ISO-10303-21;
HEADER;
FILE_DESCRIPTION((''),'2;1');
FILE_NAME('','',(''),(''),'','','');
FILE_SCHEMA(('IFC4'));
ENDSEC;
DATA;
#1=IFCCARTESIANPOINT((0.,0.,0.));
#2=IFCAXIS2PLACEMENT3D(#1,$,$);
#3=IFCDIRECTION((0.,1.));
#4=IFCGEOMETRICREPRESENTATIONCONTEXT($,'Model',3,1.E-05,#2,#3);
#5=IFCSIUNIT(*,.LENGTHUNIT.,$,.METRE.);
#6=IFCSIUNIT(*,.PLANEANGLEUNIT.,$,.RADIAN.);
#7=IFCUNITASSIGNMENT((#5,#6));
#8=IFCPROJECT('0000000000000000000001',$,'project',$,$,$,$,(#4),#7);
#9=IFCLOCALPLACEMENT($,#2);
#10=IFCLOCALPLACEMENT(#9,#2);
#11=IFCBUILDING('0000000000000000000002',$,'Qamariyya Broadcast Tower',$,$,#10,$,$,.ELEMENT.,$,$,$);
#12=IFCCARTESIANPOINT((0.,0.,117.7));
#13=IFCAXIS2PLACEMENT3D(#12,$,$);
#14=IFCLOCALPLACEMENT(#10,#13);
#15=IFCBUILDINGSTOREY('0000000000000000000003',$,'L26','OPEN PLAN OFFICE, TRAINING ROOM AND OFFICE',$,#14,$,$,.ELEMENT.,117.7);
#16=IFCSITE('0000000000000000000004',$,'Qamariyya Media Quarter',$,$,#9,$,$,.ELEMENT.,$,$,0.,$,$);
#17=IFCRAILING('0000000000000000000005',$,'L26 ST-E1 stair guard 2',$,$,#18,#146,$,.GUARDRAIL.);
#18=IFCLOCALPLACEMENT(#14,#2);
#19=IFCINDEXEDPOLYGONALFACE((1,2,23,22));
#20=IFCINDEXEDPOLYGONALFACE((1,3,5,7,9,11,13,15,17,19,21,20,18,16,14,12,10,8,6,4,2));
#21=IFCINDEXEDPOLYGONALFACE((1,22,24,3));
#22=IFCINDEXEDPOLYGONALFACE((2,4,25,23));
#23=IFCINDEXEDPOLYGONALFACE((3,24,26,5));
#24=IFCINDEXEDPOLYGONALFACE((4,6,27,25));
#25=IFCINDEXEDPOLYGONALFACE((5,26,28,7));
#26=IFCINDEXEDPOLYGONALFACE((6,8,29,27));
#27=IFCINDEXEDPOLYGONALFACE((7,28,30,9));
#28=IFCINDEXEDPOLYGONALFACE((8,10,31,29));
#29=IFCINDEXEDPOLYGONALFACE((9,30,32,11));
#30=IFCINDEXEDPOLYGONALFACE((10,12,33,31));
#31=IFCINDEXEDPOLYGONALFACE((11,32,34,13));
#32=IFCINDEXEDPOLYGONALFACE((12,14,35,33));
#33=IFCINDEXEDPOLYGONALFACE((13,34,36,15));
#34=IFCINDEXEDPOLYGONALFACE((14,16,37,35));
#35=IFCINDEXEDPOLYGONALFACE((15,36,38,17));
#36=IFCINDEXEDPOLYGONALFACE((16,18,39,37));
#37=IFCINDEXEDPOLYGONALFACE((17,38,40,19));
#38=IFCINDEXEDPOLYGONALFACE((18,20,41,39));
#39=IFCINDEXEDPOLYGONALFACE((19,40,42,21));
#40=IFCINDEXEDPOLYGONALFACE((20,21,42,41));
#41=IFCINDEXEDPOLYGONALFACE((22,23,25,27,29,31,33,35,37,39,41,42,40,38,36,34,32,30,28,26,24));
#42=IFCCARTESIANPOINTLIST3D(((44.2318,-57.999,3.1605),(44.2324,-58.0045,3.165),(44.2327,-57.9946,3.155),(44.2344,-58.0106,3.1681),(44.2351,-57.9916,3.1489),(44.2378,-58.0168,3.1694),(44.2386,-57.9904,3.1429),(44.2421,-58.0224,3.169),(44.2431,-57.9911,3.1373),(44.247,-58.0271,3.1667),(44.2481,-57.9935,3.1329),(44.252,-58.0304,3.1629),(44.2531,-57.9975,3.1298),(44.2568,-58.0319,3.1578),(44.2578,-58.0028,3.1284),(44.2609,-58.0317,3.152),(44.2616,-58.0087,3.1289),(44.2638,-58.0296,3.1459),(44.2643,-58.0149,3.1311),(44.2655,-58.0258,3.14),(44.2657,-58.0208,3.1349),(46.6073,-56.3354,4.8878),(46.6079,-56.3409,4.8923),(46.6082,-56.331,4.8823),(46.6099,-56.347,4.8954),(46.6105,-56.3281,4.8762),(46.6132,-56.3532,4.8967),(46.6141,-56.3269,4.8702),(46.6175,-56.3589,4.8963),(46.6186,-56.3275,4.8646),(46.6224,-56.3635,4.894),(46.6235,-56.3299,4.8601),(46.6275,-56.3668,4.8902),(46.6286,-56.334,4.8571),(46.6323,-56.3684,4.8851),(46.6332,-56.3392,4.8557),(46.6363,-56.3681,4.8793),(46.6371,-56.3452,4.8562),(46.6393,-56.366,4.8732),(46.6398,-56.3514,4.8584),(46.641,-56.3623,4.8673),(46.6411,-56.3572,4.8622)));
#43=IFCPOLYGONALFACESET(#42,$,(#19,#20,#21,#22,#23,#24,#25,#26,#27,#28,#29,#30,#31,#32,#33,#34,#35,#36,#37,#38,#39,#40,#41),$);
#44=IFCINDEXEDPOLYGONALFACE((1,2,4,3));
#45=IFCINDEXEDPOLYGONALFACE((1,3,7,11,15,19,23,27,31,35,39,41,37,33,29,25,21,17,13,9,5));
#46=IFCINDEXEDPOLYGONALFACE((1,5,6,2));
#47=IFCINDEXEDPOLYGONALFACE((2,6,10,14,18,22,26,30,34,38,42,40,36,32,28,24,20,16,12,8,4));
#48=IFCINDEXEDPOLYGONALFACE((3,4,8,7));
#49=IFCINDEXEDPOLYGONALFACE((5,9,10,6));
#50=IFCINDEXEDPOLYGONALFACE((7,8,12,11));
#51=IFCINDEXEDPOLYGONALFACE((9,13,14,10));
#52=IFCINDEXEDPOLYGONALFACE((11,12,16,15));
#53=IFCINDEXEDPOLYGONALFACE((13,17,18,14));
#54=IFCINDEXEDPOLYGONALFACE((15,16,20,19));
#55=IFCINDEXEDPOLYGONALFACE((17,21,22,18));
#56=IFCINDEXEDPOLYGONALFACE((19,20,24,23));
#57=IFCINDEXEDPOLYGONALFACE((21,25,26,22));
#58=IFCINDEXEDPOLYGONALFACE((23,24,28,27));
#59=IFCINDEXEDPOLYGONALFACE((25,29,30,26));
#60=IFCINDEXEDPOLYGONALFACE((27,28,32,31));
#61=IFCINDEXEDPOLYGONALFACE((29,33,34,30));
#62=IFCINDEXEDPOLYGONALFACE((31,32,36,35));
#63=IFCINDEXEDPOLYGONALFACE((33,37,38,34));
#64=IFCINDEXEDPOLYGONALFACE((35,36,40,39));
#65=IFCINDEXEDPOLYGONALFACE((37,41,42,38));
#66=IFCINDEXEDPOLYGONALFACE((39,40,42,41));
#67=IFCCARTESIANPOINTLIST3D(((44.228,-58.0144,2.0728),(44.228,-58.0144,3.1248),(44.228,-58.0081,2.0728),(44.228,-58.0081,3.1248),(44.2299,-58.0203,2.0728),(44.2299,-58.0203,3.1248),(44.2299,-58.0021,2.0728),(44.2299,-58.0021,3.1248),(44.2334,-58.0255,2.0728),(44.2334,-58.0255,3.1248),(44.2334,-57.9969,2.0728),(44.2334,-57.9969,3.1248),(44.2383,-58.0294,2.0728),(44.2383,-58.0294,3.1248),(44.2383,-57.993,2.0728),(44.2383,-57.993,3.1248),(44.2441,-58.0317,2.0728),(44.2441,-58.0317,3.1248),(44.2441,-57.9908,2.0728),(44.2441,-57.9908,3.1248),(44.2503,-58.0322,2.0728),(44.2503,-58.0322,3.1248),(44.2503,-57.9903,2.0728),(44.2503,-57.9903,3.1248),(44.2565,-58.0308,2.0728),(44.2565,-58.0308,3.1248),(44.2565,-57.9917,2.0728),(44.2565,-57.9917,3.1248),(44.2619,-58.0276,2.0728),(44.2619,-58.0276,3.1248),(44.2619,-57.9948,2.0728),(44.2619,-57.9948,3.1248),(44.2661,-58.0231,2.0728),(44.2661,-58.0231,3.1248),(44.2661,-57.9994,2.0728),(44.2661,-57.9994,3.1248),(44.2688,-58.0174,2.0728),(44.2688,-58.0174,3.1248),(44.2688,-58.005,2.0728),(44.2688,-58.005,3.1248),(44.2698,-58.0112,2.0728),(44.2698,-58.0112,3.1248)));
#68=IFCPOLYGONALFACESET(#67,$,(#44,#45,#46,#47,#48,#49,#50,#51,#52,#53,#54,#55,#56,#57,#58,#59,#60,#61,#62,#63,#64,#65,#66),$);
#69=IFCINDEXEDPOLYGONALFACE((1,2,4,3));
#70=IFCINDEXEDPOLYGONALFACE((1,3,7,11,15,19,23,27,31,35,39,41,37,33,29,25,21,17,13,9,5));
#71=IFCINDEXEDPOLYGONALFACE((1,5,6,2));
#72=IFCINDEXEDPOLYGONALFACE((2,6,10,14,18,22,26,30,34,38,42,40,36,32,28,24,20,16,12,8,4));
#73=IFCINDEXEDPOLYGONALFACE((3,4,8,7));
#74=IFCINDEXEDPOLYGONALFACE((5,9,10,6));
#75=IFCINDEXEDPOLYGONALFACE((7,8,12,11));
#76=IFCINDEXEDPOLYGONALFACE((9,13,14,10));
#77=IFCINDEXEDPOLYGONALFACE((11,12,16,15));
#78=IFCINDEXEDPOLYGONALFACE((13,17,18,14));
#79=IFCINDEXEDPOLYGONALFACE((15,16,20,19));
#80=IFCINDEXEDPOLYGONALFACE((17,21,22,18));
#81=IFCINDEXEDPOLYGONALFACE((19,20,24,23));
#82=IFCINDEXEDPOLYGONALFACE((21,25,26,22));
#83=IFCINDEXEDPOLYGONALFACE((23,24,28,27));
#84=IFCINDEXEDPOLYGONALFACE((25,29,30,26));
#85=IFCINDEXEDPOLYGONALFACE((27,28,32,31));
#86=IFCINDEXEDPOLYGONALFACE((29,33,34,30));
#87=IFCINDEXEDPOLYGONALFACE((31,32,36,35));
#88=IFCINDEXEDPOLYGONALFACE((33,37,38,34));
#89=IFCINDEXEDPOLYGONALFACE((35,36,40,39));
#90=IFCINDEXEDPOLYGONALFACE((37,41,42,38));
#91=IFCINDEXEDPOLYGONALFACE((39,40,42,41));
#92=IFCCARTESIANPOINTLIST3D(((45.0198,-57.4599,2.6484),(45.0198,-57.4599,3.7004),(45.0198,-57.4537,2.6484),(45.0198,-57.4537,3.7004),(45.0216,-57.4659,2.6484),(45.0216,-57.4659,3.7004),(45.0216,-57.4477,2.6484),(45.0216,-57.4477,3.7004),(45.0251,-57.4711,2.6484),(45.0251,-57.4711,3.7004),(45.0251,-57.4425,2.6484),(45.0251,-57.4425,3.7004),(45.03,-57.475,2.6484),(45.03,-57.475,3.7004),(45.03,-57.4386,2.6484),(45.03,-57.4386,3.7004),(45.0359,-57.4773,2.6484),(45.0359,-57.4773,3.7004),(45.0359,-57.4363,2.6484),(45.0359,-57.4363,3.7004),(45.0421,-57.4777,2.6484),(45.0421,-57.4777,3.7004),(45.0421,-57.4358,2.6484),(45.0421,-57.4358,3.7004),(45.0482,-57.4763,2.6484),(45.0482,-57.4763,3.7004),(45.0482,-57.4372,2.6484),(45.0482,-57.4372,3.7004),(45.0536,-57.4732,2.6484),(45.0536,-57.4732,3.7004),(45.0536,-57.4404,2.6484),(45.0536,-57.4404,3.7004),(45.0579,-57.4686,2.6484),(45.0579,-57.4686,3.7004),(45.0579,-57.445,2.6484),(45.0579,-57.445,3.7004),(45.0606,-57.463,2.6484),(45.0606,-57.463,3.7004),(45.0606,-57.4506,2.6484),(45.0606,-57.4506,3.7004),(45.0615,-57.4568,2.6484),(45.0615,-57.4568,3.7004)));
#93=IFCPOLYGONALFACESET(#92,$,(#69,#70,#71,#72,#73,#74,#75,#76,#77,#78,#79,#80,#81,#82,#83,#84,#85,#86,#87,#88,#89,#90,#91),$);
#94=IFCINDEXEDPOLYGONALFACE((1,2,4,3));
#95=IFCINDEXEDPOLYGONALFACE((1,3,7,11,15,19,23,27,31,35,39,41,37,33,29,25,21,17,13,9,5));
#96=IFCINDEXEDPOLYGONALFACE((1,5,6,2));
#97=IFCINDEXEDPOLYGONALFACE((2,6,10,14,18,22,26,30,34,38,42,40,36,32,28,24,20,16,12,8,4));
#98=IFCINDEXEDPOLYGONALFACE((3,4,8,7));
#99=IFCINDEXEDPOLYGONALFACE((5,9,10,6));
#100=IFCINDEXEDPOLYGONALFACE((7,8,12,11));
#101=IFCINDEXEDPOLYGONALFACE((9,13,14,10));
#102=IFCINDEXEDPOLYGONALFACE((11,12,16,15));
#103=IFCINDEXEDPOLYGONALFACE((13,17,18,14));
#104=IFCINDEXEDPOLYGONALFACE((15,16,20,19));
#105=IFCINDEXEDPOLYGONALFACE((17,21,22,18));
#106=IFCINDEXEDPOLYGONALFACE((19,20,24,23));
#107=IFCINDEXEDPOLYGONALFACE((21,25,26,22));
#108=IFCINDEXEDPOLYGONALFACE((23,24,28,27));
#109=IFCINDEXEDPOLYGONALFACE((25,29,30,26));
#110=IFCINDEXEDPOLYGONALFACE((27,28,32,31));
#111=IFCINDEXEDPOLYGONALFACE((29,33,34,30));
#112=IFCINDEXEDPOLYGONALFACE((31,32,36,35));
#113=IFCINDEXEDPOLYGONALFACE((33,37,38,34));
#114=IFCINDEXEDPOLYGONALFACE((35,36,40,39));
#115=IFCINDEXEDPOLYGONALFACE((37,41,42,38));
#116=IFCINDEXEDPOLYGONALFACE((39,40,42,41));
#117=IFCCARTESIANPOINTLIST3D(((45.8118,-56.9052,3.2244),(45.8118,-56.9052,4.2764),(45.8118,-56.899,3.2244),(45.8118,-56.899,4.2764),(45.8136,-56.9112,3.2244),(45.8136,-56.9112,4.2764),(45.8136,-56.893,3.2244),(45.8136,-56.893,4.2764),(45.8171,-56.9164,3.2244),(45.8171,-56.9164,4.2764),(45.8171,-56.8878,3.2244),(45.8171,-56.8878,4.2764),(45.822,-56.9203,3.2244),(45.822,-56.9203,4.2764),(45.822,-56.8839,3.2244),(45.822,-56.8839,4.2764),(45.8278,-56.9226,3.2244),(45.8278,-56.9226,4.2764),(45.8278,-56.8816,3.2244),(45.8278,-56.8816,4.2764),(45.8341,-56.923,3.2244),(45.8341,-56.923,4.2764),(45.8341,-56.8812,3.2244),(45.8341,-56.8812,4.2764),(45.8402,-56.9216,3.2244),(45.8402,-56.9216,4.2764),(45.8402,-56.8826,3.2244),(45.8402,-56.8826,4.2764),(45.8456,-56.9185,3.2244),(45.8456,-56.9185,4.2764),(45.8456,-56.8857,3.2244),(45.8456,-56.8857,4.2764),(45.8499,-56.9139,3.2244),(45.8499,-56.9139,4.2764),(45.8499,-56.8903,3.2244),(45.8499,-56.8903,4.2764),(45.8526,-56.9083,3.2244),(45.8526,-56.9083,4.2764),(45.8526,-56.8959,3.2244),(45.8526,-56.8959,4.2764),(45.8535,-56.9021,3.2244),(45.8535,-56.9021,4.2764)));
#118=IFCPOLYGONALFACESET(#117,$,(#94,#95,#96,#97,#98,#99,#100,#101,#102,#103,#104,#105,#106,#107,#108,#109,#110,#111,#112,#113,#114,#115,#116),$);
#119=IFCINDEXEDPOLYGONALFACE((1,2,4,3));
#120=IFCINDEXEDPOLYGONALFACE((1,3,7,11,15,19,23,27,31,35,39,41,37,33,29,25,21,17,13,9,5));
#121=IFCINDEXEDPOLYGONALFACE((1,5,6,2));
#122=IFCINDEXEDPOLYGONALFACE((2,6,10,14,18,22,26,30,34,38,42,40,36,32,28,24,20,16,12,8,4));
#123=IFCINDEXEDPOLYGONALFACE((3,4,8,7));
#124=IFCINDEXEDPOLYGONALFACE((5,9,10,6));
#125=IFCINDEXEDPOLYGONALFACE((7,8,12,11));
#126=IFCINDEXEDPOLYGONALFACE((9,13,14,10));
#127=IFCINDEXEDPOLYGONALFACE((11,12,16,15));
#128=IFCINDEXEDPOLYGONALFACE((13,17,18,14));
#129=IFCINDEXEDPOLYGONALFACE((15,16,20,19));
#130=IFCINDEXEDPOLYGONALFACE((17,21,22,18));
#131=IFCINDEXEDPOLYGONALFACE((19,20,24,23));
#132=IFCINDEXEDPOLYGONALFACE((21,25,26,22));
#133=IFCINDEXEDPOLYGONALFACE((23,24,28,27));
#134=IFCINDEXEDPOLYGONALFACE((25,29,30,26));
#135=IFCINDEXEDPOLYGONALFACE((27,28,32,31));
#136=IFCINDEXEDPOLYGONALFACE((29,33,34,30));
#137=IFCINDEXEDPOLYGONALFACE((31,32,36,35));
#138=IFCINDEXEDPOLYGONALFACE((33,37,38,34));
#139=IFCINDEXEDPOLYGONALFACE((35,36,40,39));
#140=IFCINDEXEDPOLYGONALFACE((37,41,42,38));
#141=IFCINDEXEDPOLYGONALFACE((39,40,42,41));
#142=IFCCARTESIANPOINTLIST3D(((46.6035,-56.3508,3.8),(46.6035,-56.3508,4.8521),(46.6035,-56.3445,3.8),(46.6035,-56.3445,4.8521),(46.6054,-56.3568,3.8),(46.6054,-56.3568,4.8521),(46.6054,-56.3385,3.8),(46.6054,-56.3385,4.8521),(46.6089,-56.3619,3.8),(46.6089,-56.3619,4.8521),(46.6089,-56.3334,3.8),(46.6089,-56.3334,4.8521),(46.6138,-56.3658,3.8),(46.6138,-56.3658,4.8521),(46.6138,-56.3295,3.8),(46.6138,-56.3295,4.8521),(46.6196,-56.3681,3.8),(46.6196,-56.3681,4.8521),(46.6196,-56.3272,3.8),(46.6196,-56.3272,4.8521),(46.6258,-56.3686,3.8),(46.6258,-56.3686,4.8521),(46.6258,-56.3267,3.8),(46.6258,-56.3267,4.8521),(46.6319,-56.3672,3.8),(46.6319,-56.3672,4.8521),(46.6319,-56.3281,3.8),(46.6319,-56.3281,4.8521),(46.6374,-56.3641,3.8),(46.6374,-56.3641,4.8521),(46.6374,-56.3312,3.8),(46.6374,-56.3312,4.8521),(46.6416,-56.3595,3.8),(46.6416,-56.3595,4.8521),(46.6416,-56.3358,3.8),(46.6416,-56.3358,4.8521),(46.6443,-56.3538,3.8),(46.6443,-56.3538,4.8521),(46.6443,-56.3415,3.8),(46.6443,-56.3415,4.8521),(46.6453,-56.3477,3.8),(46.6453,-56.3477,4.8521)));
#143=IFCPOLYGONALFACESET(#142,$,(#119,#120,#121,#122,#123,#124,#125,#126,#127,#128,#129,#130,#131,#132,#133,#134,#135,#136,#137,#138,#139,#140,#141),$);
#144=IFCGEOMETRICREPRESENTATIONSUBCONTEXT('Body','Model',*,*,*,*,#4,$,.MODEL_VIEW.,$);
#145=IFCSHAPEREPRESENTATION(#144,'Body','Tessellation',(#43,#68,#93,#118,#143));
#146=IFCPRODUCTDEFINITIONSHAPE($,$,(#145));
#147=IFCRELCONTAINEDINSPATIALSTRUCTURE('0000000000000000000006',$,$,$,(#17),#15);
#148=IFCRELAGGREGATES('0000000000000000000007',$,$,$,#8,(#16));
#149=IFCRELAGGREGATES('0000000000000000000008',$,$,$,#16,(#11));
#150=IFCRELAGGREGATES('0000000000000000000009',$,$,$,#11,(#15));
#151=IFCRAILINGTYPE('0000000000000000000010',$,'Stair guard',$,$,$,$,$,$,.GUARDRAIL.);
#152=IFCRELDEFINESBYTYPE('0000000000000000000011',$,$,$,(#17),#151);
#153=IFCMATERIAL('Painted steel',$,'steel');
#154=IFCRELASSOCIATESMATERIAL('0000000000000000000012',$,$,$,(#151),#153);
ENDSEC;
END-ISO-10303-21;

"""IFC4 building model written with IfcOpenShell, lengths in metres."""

from ifc_helpers import new_model, si_unit, direction, frame, origin, origin_2d, place, context, subcontext, project, spatial, circle, extrude, material, type_object, element, save


model = new_model("IFC4")

# Units and contexts
model_context = context("Model", 3, precision=1e-05, world=origin(), true_north=direction((0.0, 1.0)))
body_context = subcontext(model_context, "Body", "Model", "MODEL_VIEW")
ifc_project = project(units=[si_unit("LENGTHUNIT", "METRE"), si_unit("PLANEANGLEUNIT", "RADIAN")], contexts=[model_context])

# Site, building, storey
site_placement = place(None, origin())
site = spatial("IfcSite", under=ifc_project, at=site_placement, Name="Qamariyya Media Quarter", CompositionType="ELEMENT", RefElevation=0.0)
building_placement = place(site_placement, origin())
building = spatial("IfcBuilding", under=site, at=building_placement, Name="Qamariyya Broadcast Tower", CompositionType="ELEMENT")
storey_placement = place(building_placement, frame((0.0, 0.0, 117.7)))
storey = spatial("IfcBuildingStorey", under=building, at=storey_placement, Name="L26", Description="OPEN PLAN OFFICE, TRAINING ROOM AND OFFICE", CompositionType="ELEMENT", Elevation=117.7)

# Railing
ifc_material_1 = material(Name="Painted steel", Category="steel")
railing_type_1 = type_object("IfcRailingType", Name="Stair guard", PredefinedType="GUARDRAIL", material=ifc_material_1)
railing_1_placement = place(storey_placement, frame((44.2488, -58.0112, 2.0728)))
element("IfcRailing", 1, at=railing_1_placement, inside=storey, type_object=railing_type_1, Name="L26 ST-E1 stair guard 2", PredefinedType="GUARDRAIL", context=body_context, shape_type="SweptSolid", body=[
    extrude(circle(Radius=0.0239, at=origin_2d()), frame((0.0, 0.0, 1.0762), z_axis=(0.703745, 0.492838, 0.511716), x_axis=(-0.573632, 0.819113, 0.0)), (0.0, 0.0, 1.0), 3.3755),
    extrude(circle(Radius=0.021, at=origin_2d()), origin(), (0.0, 0.0, 1.0), 1.052),
    extrude(circle(Radius=0.021, at=origin_2d()), frame((0.7917, 0.5544, 0.5757)), (0.0, 0.0, 1.0), 1.052),
    extrude(circle(Radius=0.021, at=origin_2d()), frame((1.5837, 1.1091, 1.1516)), (0.0, 0.0, 1.0), 1.052),
    extrude(circle(Radius=0.021, at=origin_2d()), frame((2.3755, 1.6636, 1.7273)), (0.0, 0.0, 1.0), 1.052),
])

save(model, "model.ifc")
